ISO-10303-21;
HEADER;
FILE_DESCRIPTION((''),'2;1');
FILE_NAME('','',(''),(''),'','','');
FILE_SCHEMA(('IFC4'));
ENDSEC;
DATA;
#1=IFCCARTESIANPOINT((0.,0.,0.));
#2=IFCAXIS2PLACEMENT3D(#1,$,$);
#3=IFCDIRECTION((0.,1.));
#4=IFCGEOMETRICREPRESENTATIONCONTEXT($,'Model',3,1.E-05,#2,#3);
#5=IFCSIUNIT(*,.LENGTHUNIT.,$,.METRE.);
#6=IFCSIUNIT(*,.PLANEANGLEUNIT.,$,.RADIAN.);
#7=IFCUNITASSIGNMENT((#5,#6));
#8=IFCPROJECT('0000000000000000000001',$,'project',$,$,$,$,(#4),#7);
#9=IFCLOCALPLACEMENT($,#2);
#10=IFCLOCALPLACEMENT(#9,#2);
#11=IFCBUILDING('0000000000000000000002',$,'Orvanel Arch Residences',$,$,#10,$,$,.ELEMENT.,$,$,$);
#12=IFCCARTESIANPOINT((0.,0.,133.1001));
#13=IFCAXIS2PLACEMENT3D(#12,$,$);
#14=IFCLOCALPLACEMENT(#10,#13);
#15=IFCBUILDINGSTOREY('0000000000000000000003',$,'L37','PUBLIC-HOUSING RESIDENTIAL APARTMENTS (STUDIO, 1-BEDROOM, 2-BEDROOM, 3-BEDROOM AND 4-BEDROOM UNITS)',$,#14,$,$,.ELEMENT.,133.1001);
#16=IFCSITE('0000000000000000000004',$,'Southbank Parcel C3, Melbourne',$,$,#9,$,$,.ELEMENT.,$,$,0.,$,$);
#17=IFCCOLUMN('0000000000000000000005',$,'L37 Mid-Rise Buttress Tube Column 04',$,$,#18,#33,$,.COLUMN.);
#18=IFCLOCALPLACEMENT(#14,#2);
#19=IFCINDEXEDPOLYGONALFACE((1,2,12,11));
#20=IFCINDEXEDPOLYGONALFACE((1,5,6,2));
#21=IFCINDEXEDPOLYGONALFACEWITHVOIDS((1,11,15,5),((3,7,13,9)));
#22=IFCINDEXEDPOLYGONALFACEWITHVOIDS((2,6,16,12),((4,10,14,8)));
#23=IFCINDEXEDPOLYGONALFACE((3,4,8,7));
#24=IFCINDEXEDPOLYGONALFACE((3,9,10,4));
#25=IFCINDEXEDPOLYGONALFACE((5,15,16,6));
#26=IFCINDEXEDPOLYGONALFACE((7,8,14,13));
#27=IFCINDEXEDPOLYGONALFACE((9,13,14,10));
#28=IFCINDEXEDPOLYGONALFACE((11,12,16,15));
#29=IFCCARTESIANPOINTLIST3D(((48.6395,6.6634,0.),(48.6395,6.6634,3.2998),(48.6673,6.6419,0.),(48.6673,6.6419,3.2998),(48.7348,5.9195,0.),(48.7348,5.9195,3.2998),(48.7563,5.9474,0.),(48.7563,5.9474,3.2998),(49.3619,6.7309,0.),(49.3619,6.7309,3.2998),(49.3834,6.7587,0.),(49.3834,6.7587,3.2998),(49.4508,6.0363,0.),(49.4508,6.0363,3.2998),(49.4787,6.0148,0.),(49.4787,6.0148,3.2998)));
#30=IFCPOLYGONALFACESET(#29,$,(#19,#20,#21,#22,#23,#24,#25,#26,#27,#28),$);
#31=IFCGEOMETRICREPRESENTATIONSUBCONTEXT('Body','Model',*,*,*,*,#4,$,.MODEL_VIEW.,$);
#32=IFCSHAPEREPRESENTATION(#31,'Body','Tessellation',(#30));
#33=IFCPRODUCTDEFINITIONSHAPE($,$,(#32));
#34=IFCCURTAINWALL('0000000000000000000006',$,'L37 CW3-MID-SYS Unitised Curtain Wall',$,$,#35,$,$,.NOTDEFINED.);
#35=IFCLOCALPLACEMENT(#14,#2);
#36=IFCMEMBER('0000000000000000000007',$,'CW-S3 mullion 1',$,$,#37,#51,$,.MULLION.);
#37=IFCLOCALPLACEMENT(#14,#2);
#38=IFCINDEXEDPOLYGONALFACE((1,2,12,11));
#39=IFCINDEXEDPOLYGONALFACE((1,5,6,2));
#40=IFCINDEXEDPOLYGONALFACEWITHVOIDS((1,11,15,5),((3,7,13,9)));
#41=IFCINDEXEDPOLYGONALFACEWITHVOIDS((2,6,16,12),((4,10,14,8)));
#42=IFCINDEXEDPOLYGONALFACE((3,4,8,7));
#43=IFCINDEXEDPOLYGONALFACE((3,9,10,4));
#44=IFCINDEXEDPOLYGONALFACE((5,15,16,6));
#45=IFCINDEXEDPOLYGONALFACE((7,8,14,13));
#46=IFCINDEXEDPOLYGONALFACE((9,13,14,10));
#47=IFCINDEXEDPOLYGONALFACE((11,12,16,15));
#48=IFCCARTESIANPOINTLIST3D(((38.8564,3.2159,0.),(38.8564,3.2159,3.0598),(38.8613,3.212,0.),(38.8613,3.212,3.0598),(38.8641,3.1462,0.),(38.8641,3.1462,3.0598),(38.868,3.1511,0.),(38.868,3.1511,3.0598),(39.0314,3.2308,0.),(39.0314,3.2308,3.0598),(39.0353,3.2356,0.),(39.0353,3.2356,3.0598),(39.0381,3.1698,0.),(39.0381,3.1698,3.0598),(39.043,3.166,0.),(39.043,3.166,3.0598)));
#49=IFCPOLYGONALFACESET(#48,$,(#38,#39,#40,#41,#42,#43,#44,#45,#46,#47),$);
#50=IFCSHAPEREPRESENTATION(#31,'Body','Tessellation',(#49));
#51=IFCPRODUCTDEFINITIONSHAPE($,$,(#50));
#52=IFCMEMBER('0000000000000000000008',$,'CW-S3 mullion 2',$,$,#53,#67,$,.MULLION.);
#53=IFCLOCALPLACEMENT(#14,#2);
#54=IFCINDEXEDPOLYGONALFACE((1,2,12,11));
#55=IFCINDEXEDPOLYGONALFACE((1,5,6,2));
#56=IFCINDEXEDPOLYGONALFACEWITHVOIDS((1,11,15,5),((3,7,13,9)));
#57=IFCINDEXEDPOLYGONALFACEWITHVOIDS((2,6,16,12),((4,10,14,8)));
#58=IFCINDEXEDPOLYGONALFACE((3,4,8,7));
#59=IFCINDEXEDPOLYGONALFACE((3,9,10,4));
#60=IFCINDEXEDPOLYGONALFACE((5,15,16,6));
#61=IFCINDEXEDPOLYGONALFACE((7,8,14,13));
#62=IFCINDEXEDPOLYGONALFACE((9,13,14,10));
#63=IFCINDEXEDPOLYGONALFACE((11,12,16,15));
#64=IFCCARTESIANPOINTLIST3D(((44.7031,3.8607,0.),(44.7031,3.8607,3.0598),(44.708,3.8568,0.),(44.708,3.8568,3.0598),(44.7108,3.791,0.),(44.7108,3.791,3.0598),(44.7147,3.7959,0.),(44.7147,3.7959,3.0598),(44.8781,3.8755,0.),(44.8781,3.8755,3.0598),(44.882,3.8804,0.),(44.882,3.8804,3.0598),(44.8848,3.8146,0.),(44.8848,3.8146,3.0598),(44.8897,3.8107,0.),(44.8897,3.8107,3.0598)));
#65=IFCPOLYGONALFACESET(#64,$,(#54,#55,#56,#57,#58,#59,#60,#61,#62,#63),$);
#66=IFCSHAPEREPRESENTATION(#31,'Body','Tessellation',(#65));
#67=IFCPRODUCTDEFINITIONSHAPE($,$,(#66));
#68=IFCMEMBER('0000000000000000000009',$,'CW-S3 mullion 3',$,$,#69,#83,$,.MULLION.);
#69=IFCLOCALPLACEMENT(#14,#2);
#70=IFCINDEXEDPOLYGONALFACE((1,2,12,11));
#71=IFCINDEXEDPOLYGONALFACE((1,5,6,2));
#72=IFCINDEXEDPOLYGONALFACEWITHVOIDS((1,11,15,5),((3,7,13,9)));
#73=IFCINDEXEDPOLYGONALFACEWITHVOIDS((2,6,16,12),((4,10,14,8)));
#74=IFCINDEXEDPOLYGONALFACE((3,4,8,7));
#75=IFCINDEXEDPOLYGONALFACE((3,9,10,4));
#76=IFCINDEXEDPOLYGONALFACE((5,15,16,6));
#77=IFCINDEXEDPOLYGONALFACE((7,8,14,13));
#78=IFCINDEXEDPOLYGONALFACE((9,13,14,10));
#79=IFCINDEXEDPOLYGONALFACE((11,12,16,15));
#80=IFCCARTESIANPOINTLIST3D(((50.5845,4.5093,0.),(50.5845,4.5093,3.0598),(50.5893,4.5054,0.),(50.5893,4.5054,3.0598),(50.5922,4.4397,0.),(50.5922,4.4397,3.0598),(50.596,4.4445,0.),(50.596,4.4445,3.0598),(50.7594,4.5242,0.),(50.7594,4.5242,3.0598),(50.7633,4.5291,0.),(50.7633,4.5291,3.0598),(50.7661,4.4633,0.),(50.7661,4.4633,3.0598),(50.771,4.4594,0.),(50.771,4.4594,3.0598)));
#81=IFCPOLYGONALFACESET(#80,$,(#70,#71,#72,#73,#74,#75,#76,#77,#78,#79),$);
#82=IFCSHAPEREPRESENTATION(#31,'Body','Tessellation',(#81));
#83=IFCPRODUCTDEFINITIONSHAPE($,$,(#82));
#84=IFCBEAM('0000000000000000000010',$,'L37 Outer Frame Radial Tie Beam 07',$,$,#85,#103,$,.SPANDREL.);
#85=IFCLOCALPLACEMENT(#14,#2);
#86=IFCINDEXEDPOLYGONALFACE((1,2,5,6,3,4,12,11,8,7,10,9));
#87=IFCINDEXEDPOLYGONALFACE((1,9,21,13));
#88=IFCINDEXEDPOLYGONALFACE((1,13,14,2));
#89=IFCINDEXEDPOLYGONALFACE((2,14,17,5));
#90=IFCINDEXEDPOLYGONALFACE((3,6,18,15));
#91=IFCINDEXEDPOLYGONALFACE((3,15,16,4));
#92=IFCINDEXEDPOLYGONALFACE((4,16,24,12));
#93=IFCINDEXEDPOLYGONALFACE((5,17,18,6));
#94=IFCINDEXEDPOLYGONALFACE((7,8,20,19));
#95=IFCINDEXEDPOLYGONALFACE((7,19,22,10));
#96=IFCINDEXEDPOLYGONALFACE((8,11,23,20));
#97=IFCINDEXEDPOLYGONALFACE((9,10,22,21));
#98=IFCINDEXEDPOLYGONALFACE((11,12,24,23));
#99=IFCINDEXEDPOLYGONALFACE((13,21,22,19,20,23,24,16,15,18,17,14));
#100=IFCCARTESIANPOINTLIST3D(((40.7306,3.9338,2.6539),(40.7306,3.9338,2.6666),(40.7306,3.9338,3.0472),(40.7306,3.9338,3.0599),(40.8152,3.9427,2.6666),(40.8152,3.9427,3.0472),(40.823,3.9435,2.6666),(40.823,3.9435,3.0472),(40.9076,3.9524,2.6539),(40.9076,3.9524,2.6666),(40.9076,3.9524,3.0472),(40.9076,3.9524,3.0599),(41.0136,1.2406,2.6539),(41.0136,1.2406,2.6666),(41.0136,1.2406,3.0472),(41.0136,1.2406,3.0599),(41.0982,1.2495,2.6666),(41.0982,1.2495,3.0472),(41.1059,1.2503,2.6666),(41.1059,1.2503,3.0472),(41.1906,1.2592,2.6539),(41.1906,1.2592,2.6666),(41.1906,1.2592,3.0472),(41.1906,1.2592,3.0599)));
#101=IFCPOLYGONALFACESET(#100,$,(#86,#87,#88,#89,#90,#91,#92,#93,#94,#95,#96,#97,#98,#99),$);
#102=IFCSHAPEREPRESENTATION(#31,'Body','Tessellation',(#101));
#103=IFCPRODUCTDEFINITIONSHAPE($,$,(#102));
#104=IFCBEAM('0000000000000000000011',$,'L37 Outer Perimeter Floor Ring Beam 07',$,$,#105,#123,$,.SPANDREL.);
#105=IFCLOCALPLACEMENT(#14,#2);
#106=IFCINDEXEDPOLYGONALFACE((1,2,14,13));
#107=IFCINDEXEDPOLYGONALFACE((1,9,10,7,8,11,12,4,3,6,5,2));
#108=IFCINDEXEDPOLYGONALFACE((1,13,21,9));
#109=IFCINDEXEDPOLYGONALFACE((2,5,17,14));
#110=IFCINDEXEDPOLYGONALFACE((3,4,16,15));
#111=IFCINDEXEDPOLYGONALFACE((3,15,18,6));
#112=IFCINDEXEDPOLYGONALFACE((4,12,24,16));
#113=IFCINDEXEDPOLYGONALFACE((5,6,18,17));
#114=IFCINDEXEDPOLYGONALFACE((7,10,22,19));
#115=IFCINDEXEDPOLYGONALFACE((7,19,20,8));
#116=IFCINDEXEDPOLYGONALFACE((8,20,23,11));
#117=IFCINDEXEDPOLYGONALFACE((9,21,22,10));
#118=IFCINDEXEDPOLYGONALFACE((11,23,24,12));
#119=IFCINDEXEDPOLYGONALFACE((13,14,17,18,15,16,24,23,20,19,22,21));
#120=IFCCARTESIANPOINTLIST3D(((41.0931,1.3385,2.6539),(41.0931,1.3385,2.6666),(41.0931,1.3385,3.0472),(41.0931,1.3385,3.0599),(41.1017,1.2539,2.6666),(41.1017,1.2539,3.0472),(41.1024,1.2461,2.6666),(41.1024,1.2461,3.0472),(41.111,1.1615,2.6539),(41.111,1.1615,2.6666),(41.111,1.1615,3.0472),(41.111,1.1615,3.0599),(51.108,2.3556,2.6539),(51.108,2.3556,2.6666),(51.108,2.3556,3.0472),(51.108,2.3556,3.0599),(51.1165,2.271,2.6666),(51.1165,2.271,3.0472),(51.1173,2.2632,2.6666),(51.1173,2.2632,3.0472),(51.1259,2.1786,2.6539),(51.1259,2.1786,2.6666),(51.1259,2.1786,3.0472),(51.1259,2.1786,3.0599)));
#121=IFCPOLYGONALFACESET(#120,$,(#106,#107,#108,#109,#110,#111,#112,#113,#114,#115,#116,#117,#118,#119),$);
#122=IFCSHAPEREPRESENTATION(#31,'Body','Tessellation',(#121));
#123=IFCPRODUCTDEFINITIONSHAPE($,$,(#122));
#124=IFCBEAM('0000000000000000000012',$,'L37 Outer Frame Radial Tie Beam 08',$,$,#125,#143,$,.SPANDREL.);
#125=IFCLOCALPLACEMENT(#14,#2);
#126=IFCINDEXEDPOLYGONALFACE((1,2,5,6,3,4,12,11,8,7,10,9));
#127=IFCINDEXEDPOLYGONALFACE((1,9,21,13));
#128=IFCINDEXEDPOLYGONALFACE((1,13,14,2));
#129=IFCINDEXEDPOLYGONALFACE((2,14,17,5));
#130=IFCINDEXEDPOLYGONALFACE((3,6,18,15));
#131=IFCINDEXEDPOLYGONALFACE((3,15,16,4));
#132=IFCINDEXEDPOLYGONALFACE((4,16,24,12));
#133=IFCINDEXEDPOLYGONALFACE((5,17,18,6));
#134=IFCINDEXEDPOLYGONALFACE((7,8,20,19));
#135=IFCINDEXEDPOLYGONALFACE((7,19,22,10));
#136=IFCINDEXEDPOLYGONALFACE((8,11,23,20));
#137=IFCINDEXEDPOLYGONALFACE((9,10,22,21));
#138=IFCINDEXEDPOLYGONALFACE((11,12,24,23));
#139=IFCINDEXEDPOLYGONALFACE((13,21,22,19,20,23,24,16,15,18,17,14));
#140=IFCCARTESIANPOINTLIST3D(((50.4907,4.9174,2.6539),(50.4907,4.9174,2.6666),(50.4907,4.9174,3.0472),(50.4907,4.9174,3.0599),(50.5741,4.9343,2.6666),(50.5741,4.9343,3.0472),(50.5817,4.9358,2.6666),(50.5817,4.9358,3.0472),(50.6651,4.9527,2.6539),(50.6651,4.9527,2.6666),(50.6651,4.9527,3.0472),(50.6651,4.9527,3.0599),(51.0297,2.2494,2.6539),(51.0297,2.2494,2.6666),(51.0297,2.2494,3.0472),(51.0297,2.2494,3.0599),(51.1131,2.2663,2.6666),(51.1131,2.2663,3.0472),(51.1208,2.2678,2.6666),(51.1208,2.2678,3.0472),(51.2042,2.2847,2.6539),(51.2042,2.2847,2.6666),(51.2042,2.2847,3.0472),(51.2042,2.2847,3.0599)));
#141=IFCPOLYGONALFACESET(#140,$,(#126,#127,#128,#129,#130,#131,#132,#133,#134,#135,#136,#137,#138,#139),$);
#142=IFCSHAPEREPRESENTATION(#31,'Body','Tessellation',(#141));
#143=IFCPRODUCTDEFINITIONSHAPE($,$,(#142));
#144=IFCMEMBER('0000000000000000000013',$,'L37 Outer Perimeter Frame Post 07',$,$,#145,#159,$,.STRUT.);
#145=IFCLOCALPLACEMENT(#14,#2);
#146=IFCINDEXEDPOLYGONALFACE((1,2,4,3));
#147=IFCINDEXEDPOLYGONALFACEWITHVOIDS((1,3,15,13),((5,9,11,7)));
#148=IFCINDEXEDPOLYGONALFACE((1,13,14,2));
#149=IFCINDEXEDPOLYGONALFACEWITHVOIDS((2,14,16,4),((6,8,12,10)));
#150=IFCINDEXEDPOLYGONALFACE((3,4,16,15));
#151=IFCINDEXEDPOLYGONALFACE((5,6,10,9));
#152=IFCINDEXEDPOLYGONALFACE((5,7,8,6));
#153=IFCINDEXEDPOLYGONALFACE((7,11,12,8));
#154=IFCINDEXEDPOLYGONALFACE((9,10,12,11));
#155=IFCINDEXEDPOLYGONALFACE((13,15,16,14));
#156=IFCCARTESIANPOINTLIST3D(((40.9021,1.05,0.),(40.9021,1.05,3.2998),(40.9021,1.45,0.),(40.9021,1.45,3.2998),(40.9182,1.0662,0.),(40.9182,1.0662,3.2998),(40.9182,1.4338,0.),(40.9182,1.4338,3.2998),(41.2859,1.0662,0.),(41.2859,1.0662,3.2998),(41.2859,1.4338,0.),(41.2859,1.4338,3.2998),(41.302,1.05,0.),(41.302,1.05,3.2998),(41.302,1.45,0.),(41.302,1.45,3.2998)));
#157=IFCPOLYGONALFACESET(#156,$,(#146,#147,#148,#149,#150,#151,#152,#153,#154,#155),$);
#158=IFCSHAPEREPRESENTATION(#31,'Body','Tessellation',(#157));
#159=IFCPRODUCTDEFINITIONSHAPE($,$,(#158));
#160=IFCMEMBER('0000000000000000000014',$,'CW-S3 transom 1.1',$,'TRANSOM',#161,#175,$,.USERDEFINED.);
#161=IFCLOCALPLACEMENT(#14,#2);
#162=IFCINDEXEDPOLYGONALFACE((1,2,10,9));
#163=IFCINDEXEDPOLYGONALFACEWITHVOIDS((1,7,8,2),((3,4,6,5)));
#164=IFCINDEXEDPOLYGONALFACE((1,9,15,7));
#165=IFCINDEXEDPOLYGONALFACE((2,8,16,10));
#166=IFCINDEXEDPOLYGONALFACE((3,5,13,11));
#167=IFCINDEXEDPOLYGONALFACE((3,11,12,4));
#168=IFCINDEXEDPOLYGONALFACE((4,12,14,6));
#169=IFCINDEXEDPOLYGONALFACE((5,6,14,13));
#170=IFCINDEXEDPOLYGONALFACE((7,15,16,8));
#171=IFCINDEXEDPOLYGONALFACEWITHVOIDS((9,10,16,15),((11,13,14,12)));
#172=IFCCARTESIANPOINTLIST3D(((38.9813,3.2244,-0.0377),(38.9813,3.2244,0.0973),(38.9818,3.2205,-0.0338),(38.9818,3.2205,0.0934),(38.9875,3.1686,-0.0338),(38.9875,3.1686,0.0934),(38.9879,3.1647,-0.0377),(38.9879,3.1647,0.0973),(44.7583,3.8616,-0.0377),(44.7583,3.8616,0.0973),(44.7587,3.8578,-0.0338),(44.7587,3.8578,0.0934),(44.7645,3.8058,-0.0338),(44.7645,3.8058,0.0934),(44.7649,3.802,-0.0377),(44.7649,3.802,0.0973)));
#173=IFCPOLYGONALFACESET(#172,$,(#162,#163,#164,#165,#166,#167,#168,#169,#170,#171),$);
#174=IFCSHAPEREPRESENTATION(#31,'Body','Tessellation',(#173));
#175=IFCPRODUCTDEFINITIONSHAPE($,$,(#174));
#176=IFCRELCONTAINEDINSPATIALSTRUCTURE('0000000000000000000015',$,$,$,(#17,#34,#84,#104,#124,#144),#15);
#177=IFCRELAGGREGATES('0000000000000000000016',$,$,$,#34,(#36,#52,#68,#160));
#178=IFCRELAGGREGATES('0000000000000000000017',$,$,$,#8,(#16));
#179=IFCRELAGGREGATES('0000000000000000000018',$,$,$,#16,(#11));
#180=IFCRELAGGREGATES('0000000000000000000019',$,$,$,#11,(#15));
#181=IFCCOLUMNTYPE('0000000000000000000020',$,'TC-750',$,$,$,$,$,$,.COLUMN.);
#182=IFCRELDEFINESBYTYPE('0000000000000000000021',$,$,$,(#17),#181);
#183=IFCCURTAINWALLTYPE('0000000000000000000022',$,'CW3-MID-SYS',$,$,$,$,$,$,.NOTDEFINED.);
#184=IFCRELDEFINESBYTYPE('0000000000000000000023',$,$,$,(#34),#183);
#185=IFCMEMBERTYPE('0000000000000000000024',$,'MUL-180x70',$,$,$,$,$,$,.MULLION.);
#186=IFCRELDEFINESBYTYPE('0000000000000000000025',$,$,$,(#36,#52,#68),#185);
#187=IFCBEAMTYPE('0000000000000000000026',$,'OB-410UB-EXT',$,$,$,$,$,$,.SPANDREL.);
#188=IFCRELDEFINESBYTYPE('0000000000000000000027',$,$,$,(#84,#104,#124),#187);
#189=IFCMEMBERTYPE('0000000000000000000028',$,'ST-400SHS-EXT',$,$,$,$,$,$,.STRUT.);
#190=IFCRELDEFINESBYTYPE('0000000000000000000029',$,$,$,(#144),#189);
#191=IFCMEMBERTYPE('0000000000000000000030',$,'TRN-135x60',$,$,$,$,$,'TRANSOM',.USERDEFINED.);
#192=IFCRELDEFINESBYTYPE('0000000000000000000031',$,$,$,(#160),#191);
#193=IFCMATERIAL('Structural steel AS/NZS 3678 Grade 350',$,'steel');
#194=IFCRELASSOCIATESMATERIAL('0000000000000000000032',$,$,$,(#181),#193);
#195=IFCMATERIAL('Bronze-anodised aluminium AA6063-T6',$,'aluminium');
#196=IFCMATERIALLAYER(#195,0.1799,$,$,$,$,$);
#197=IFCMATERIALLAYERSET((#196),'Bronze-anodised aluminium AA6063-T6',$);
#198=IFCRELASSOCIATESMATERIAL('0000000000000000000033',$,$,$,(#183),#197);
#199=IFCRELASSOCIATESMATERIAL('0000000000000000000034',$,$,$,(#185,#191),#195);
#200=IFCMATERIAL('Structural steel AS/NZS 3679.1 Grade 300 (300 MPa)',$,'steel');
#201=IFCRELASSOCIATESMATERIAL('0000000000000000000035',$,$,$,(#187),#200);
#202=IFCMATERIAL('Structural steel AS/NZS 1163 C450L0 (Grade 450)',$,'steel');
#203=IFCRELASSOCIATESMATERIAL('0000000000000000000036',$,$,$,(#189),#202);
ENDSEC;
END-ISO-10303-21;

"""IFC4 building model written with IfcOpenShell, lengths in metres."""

from ifc_helpers import new_model, si_unit, direction, frame, origin, origin_2d, place, context, subcontext, project, spatial, hollow_rectangle, i_section, extrude, material, layer, layer_set, material_profile, profile_set, type_object, element, aggregate, save


model = new_model("IFC4")

# Units and contexts
model_context = context("Model", 3, precision=1e-05, world=origin(), true_north=direction((0.0, 1.0)))
body_context = subcontext(model_context, "Body", "Model", "MODEL_VIEW")
ifc_project = project(units=[si_unit("LENGTHUNIT", "METRE"), si_unit("PLANEANGLEUNIT", "RADIAN")], contexts=[model_context])

# Site, building, storey
site_placement = place(None, origin())
site = spatial("IfcSite", under=ifc_project, at=site_placement, Name="Southbank Parcel C3, Melbourne", CompositionType="ELEMENT", RefElevation=0.0)
building_placement = place(site_placement, origin())
building = spatial("IfcBuilding", under=site, at=building_placement, Name="Orvanel Arch Residences", CompositionType="ELEMENT")
storey_placement = place(building_placement, frame((0.0, 0.0, 133.1001)))
storey = spatial("IfcBuildingStorey", under=building, at=storey_placement, Name="L37", Description="PUBLIC-HOUSING RESIDENTIAL APARTMENTS (STUDIO, 1-BEDROOM, 2-BEDROOM, 3-BEDROOM AND 4-BEDROOM UNITS)", CompositionType="ELEMENT", Elevation=133.1001)

# Column
ifc_material_1 = material(Name="Structural steel AS/NZS 3678 Grade 350", Category="steel")
ifc_material_profile_1 = material_profile(ifc_material_1, hollow_rectangle(XDim=0.75, YDim=0.75, WallThickness=0.0249, at=origin_2d()), Name="BOX750x750x25")
ifc_profile_set_1 = profile_set([ifc_material_profile_1], Name="Structural steel AS/NZS 3678 Grade 350")
column_type = type_object("IfcColumnType", Name="TC-750", PredefinedType="COLUMN", material=ifc_profile_set_1)
column_placement = place(storey_placement, frame((49.0591, 6.3391, 0.0), z_axis=(0.0, 0.0, 1.0), x_axis=(0.991894, 0.127065, 0.0)))
element("IfcColumn", 1, at=column_placement, inside=storey, type_object=column_type, Name="L37 Mid-Rise Buttress Tube Column 04", PredefinedType="COLUMN", context=body_context, shape_type="SweptSolid", body=[
    extrude(hollow_rectangle(XDim=0.75, YDim=0.75, WallThickness=0.0249, at=origin_2d()), origin(), (0.0, 0.0, 1.0), 3.2998),
])

# Curtain wall, members
ifc_material_2 = material(Name="Bronze-anodised aluminium AA6063-T6", Category="aluminium")
ifc_layer_1 = layer(ifc_material_2, 0.1799)
ifc_layer_set_1 = layer_set([ifc_layer_1], Name="Bronze-anodised aluminium AA6063-T6")
curtain_wall_type = type_object("IfcCurtainWallType", Name="CW3-MID-SYS", PredefinedType="NOTDEFINED", material=ifc_layer_set_1)
curtain_wall_placement = place(storey_placement, origin())
curtain_wall = element("IfcCurtainWall", 2, at=curtain_wall_placement, inside=storey, type_object=curtain_wall_type, Name="L37 CW3-MID-SYS Unitised Curtain Wall", PredefinedType="NOTDEFINED")
ifc_material_profile_2 = material_profile(ifc_material_2, hollow_rectangle(XDim=0.0701, YDim=0.1799, WallThickness=0.0044, at=origin_2d()), Name="ALU180x70x4.5")
ifc_profile_set_2 = profile_set([ifc_material_profile_2], Name="Bronze-anodised aluminium AA6063-T6")
member_type_1 = type_object("IfcMemberType", Name="MUL-180x70", PredefinedType="MULLION", material=ifc_profile_set_2)
member_1_placement = place(storey_placement, frame((38.9497, 3.1909, 0.0), z_axis=(0.0, 0.0, 1.0), x_axis=(-0.109628, 0.993973, 0.0)))
member_1 = element("IfcMember", 3, at=member_1_placement, type_object=member_type_1, Name="CW-S3 mullion 1", PredefinedType="MULLION", context=body_context, shape_type="SweptSolid", body=[
    extrude(hollow_rectangle(XDim=0.0701, YDim=0.1799, WallThickness=0.0044, at=origin_2d()), origin(), (0.0, 0.0, 1.0), 3.0598),
])
member_2_placement = place(storey_placement, frame((44.7964, 3.8357, 0.0), z_axis=(0.0, 0.0, 1.0), x_axis=(-0.109628, 0.993973, 0.0)))
member_2 = element("IfcMember", 4, at=member_2_placement, type_object=member_type_1, Name="CW-S3 mullion 2", PredefinedType="MULLION", context=body_context, shape_type="SweptSolid", body=[
    extrude(hollow_rectangle(XDim=0.0701, YDim=0.1799, WallThickness=0.0044, at=origin_2d()), origin(), (0.0, 0.0, 1.0), 3.0598),
])
member_3_placement = place(storey_placement, frame((50.6777, 4.4844, 0.0), z_axis=(0.0, 0.0, 1.0), x_axis=(-0.109628, 0.993973, 0.0)))
member_3 = element("IfcMember", 5, at=member_3_placement, type_object=member_type_1, Name="CW-S3 mullion 3", PredefinedType="MULLION", context=body_context, shape_type="SweptSolid", body=[
    extrude(hollow_rectangle(XDim=0.0701, YDim=0.1799, WallThickness=0.0044, at=origin_2d()), origin(), (0.0, 0.0, 1.0), 3.0598),
])

# Beams
ifc_material_3 = material(Name="Structural steel AS/NZS 3679.1 Grade 300 (300 MPa)", Category="steel")
ifc_material_profile_3 = material_profile(ifc_material_3, i_section(OverallWidth=0.178, OverallDepth=0.406, WebThickness=0.0078, FlangeThickness=0.0127, at=origin_2d()), Name="410UB59.7")
ifc_profile_set_3 = profile_set([ifc_material_profile_3], Name="Structural steel AS/NZS 3679.1 Grade 300 (300 MPa)")
beam_type = type_object("IfcBeamType", Name="OB-410UB-EXT", PredefinedType="SPANDREL", material=ifc_profile_set_3)
beam_1_placement = place(storey_placement, frame((40.8191, 3.9431, 2.8569), z_axis=(0.104492, -0.994526, 0.0), x_axis=(0.994526, 0.104492, 0.0)))
element("IfcBeam", 6, at=beam_1_placement, inside=storey, type_object=beam_type, Name="L37 Outer Frame Radial Tie Beam 07", PredefinedType="SPANDREL", context=body_context, shape_type="SweptSolid", body=[
    extrude(i_section(OverallWidth=0.178, OverallDepth=0.406, WebThickness=0.0078, FlangeThickness=0.0127, at=origin_2d()), origin(), (0.0, 0.0, 1.0), 2.708),
])
beam_2_placement = place(storey_placement, frame((41.1021, 1.25, 2.8569), z_axis=(0.994883, 0.101038, 0.0), x_axis=(-0.101038, 0.994883, 0.0)))
element("IfcBeam", 7, at=beam_2_placement, inside=storey, type_object=beam_type, Name="L37 Outer Perimeter Floor Ring Beam 07", PredefinedType="SPANDREL", context=body_context, shape_type="SweptSolid", body=[
    extrude(i_section(OverallWidth=0.178, OverallDepth=0.406, WebThickness=0.0078, FlangeThickness=0.0127, at=origin_2d()), origin(), (0.0, 0.0, 1.0), 10.0664),
])
beam_3_placement = place(storey_placement, frame((50.5779, 4.9351, 2.8569), z_axis=(0.198048, -0.980192, 0.0), x_axis=(0.980192, 0.198048, 0.0)))
element("IfcBeam", 8, at=beam_3_placement, inside=storey, type_object=beam_type, Name="L37 Outer Frame Radial Tie Beam 08", PredefinedType="SPANDREL", context=body_context, shape_type="SweptSolid", body=[
    extrude(i_section(OverallWidth=0.178, OverallDepth=0.406, WebThickness=0.0078, FlangeThickness=0.0127, at=origin_2d()), origin(), (0.0, 0.0, 1.0), 2.7219),
])

# Members
ifc_material_4 = material(Name="Structural steel AS/NZS 1163 C450L0 (Grade 450)", Category="steel")
ifc_material_profile_4 = material_profile(ifc_material_4, hollow_rectangle(XDim=0.3999, YDim=0.3999, WallThickness=0.0161, at=origin_2d()), Name="SHS400x400x16")
ifc_profile_set_4 = profile_set([ifc_material_profile_4], Name="Structural steel AS/NZS 1163 C450L0 (Grade 450)")
member_type_2 = type_object("IfcMemberType", Name="ST-400SHS-EXT", PredefinedType="STRUT", material=ifc_profile_set_4)
member_4_placement = place(storey_placement, frame((41.1021, 1.25, 0.0), z_axis=(0.0, 0.0, 1.0), x_axis=(1.0, 0.0, 0.0)))
element("IfcMember", 9, at=member_4_placement, inside=storey, type_object=member_type_2, Name="L37 Outer Perimeter Frame Post 07", PredefinedType="STRUT", context=body_context, shape_type="SweptSolid", body=[
    extrude(hollow_rectangle(XDim=0.3999, YDim=0.3999, WallThickness=0.0161, at=origin_2d()), origin(), (0.0, 0.0, 1.0), 3.2998),
])
ifc_material_profile_5 = material_profile(ifc_material_2, hollow_rectangle(XDim=0.0601, YDim=0.135, WallThickness=0.0039, at=origin_2d()), Name="ALU135x60x4")
ifc_profile_set_5 = profile_set([ifc_material_profile_5], Name="Bronze-anodised aluminium AA6063-T6")
member_type_3 = type_object("IfcMemberType", Name="TRN-135x60", ElementType="TRANSOM", PredefinedType="USERDEFINED", material=ifc_profile_set_5)
member_5_placement = place(storey_placement, frame((38.9846, 3.1946, 0.0298), z_axis=(0.993972, 0.109638, 0.0), x_axis=(-0.109638, 0.993972, 0.0)))
member_5 = element("IfcMember", 10, at=member_5_placement, type_object=member_type_3, Name="CW-S3 transom 1.1", ObjectType="TRANSOM", PredefinedType="USERDEFINED", context=body_context, shape_type="SweptSolid", body=[
    extrude(hollow_rectangle(XDim=0.0601, YDim=0.135, WallThickness=0.0039, at=origin_2d()), origin(), (0.0, 0.0, 1.0), 5.812),
])

aggregate(curtain_wall, [member_1, member_2, member_3, member_5])

save(model, "model.ifc")
